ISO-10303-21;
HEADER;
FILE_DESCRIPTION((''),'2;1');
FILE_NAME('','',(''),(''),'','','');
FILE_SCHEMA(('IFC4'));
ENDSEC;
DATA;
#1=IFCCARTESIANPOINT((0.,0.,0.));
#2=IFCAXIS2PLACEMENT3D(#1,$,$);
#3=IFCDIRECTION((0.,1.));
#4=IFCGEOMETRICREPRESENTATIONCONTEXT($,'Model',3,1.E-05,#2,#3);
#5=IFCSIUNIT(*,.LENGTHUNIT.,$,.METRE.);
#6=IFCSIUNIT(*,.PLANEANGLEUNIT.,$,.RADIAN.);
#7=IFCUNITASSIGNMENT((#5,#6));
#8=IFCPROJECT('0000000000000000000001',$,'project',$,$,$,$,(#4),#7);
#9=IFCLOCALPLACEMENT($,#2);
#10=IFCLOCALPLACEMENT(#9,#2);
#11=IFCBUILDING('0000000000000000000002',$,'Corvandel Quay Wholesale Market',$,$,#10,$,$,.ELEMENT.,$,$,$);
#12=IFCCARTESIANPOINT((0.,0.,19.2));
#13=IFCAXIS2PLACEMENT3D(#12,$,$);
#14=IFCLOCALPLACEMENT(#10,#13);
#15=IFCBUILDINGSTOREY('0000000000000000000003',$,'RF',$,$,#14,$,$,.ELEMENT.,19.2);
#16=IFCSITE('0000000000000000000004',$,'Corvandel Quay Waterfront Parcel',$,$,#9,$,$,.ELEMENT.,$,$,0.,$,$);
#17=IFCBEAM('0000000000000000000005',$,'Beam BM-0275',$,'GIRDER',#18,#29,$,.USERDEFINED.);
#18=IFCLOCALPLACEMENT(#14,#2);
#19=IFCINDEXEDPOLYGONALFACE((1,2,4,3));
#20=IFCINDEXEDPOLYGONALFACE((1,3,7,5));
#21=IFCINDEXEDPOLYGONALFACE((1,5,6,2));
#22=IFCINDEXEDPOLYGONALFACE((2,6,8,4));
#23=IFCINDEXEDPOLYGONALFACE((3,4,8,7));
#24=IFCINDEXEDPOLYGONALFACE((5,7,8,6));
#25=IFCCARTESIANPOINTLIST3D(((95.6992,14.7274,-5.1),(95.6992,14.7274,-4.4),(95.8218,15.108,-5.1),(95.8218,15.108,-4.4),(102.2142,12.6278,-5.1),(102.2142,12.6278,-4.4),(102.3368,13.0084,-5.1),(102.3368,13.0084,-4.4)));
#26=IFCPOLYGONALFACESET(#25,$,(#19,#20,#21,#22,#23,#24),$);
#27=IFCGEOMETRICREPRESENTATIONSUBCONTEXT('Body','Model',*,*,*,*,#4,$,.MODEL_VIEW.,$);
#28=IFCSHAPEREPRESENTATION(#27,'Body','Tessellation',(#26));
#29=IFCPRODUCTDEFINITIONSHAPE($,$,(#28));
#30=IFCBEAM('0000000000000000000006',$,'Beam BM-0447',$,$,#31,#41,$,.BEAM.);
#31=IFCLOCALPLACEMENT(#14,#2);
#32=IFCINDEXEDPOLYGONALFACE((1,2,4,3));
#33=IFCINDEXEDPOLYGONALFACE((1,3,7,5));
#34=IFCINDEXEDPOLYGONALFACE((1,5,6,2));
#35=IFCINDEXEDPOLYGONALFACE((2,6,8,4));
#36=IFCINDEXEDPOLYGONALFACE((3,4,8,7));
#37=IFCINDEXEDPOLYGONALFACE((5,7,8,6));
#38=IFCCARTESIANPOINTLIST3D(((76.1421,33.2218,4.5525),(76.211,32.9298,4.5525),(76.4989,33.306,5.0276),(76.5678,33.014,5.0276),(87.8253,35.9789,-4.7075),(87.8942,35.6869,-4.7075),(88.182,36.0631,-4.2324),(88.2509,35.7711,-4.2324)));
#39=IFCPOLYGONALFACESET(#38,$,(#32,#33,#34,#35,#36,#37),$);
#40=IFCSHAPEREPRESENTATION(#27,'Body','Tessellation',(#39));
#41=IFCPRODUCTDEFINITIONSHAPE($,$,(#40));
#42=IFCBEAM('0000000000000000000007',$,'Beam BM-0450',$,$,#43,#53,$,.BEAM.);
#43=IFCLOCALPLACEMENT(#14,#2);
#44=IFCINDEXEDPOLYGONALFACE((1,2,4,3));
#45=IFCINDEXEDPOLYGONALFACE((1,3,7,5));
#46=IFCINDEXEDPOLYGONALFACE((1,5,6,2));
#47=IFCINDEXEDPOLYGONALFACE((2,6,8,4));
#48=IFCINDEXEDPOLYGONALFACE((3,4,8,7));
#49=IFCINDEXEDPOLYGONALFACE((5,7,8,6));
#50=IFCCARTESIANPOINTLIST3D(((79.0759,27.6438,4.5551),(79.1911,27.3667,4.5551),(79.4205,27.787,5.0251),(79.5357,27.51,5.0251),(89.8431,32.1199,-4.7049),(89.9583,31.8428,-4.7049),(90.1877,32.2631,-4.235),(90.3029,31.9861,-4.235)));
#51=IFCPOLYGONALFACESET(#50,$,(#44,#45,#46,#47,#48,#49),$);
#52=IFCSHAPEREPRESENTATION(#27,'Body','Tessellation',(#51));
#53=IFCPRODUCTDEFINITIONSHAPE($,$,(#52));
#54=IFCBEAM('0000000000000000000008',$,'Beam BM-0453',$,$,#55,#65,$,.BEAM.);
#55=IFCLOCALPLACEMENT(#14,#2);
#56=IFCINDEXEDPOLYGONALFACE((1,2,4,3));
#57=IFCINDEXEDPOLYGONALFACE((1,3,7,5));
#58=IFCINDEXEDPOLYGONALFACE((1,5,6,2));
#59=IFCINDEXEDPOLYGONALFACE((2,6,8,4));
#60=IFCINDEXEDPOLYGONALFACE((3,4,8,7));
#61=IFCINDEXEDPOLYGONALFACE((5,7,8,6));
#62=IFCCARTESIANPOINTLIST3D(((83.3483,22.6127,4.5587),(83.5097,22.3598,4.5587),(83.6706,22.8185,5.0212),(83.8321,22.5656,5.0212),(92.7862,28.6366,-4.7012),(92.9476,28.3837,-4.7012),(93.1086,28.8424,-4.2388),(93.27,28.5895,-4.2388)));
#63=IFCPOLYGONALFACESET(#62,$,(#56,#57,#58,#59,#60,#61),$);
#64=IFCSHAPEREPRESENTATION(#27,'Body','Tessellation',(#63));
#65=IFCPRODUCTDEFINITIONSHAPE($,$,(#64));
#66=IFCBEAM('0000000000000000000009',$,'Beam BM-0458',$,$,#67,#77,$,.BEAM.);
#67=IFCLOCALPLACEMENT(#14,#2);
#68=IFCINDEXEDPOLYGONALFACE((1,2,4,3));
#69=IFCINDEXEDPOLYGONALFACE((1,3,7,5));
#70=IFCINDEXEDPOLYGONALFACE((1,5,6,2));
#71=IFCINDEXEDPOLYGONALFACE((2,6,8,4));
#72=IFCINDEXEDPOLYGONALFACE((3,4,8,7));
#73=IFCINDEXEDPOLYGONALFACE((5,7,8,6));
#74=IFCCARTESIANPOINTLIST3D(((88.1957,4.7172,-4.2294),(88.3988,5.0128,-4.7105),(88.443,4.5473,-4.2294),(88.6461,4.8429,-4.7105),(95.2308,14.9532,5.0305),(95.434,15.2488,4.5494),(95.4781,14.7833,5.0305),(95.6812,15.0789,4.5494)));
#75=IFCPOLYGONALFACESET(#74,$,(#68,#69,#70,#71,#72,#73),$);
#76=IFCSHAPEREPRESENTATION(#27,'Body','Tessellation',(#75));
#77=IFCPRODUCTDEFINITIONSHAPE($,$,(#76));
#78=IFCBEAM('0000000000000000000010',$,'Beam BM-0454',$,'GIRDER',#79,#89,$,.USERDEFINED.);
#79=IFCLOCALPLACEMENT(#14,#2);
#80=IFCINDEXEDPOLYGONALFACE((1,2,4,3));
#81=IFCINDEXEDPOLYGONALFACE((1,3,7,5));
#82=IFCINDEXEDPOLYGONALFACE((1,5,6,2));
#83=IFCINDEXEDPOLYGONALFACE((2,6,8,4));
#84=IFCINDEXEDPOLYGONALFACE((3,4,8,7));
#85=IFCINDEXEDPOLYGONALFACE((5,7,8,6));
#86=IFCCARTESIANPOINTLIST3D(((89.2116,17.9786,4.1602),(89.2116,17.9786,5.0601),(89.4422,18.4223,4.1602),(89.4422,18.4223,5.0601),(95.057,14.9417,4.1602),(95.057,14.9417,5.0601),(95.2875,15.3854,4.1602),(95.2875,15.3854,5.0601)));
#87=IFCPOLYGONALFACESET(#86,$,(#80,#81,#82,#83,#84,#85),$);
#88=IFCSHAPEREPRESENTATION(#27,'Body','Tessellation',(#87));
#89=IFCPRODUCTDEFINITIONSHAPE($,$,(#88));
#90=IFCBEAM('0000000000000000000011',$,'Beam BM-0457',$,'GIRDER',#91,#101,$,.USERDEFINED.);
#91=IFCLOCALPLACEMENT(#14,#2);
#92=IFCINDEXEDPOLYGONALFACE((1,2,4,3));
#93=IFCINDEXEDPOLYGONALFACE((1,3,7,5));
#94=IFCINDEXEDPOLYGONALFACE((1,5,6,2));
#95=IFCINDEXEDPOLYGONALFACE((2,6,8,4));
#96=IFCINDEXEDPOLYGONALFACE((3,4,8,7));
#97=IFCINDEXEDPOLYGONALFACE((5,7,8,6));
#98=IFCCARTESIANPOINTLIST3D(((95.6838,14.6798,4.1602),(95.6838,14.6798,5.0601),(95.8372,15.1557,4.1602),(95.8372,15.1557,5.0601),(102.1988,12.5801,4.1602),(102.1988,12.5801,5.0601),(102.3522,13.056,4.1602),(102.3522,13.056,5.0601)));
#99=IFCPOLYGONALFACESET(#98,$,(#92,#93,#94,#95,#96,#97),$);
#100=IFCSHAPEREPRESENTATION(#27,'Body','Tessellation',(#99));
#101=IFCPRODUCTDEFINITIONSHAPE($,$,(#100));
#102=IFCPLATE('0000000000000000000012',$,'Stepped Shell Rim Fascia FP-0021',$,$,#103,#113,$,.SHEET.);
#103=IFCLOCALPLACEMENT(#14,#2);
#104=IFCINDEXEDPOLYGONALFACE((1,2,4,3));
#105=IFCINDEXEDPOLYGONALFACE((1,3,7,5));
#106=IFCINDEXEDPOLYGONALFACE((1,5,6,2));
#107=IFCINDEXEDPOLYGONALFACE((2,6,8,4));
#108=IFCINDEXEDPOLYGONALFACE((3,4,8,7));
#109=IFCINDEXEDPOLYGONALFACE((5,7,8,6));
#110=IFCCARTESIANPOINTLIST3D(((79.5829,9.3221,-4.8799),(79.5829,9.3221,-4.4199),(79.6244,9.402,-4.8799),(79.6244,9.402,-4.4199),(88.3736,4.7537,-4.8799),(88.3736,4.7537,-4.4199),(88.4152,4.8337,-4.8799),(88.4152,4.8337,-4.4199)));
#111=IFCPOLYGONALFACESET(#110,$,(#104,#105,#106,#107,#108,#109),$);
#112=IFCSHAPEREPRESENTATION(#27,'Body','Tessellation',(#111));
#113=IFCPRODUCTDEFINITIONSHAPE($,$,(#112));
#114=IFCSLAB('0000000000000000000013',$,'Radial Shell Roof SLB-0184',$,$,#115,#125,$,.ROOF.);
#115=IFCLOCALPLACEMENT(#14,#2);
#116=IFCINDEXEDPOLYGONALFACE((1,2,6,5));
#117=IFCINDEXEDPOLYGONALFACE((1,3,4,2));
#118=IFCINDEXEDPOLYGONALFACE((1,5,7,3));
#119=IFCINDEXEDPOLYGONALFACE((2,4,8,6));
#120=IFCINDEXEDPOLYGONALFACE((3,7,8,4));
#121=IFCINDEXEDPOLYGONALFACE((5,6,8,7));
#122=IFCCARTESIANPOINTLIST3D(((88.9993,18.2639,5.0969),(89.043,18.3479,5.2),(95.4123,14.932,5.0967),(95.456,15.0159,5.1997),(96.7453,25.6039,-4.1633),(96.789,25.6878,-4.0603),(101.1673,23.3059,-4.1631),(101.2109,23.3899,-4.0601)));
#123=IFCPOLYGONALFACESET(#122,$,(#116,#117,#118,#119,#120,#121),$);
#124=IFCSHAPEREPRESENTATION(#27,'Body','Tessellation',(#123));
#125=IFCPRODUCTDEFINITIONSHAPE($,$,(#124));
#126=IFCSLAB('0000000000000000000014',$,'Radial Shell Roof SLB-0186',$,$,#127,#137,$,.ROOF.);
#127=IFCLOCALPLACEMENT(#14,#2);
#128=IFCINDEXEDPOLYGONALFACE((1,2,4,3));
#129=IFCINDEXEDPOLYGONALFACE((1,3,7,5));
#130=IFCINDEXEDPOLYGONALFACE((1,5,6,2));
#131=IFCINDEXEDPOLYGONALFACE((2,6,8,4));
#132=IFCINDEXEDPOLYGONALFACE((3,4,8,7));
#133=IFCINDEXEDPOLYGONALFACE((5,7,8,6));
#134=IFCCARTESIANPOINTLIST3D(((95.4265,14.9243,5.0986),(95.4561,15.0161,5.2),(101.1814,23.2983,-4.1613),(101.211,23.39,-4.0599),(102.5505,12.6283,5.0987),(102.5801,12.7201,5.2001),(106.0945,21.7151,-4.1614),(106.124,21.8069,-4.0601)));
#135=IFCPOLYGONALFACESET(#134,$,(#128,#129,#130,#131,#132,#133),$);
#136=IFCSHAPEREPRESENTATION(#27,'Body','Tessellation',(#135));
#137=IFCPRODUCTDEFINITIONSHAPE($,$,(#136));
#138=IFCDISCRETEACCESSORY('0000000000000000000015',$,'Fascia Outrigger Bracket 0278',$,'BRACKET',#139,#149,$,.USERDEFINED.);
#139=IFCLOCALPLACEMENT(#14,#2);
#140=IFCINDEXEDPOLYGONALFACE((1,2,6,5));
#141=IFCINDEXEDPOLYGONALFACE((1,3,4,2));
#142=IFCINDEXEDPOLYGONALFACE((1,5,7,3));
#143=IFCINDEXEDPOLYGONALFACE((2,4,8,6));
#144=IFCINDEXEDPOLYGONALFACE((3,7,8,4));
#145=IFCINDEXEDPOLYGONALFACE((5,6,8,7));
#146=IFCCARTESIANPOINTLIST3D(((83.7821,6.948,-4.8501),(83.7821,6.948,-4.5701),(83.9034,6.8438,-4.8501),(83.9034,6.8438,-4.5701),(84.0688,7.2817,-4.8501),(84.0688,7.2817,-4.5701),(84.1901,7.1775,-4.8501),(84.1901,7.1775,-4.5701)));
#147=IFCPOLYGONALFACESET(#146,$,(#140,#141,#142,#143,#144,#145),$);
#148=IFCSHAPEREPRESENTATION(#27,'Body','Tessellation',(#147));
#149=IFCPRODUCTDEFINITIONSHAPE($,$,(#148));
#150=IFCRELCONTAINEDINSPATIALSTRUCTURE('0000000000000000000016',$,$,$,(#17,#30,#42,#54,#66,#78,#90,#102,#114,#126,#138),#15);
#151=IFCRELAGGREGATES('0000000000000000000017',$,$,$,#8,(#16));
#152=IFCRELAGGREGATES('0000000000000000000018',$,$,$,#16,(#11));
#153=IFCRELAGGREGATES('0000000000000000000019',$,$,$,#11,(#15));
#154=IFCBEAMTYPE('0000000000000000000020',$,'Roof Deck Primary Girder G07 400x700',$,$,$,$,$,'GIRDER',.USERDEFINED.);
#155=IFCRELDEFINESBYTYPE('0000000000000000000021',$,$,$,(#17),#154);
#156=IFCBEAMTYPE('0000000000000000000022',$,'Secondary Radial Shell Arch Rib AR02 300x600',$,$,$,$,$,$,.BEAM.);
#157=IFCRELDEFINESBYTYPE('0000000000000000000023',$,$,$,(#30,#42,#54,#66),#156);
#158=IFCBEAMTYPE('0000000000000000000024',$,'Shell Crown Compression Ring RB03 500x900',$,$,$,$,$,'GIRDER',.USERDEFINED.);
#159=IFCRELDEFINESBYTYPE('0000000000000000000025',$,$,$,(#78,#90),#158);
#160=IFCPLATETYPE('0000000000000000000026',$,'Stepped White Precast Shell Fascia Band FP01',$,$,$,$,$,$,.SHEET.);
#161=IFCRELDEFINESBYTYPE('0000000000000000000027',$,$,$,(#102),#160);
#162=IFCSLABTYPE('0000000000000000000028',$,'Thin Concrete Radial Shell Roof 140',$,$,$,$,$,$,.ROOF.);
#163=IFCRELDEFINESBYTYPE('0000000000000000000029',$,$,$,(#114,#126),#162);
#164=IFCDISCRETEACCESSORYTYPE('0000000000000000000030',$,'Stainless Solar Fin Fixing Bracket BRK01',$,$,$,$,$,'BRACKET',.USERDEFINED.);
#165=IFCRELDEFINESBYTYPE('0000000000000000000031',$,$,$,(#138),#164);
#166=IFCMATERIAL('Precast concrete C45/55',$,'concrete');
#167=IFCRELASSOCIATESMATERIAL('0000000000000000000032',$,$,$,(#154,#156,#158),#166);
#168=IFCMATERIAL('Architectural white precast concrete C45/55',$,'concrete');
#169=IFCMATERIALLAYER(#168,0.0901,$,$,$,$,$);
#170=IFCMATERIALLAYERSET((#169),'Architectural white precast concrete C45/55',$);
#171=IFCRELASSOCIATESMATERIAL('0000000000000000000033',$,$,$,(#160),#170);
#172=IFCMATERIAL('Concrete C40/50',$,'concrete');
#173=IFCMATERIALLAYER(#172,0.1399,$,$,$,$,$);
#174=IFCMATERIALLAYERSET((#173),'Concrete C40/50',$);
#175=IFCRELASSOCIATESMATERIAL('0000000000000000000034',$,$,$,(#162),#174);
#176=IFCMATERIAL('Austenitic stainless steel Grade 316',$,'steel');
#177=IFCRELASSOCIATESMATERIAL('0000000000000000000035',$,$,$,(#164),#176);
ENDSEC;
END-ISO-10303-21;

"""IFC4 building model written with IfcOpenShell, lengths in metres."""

from ifc_helpers import new_model, si_unit, direction, frame, origin, origin_2d, place, context, subcontext, project, spatial, polyline, rectangle, outline, extrude, material, layer, layer_set, material_profile, profile_set, type_object, element, save


model = new_model("IFC4")

# Units and contexts
model_context = context("Model", 3, precision=1e-05, world=origin(), true_north=direction((0.0, 1.0)))
body_context = subcontext(model_context, "Body", "Model", "MODEL_VIEW")
ifc_project = project(units=[si_unit("LENGTHUNIT", "METRE"), si_unit("PLANEANGLEUNIT", "RADIAN")], contexts=[model_context])

# Site, building, storey
site_placement = place(None, origin())
site = spatial("IfcSite", under=ifc_project, at=site_placement, Name="Corvandel Quay Waterfront Parcel", CompositionType="ELEMENT", RefElevation=0.0)
building_placement = place(site_placement, origin())
building = spatial("IfcBuilding", under=site, at=building_placement, Name="Corvandel Quay Wholesale Market", CompositionType="ELEMENT")
storey_placement = place(building_placement, frame((0.0, 0.0, 19.2)))
storey = spatial("IfcBuildingStorey", under=building, at=storey_placement, Name="RF", CompositionType="ELEMENT", Elevation=19.2)

# Shared definitions
ifc_material_1 = material(Name="Precast concrete C45/55", Category="concrete")

# Beams
ifc_material_profile_1 = material_profile(ifc_material_1, rectangle(XDim=0.3999, YDim=0.7, at=origin_2d()), Name="PC-GIR-400x700")
ifc_profile_set_1 = profile_set([ifc_material_profile_1], Name="Precast concrete C45/55")
beam_type_1 = type_object("IfcBeamType", Name="Roof Deck Primary Girder G07 400x700", ElementType="GIRDER", PredefinedType="USERDEFINED", material=ifc_profile_set_1)
beam_1_placement = place(storey_placement, frame((95.7605, 14.9177, -4.75), z_axis=(0.951793, -0.306742, 0.0), x_axis=(0.306742, 0.951793, 0.0)))
element("IfcBeam", 1, at=beam_1_placement, inside=storey, type_object=beam_type_1, Name="Beam BM-0275", ObjectType="GIRDER", PredefinedType="USERDEFINED", context=body_context, shape_type="SweptSolid", body=[
    extrude(rectangle(XDim=0.3999, YDim=0.7, at=origin_2d()), origin(), (0.0, 0.0, 1.0), 6.845),
])
ifc_material_profile_2 = material_profile(ifc_material_1, rectangle(XDim=0.3, YDim=0.6001, at=origin_2d()), Name="PC-RIB-300x600")
ifc_profile_set_2 = profile_set([ifc_material_profile_2], Name="Precast concrete C45/55")
beam_type_2 = type_object("IfcBeamType", Name="Secondary Radial Shell Arch Rib AR02 300x600", PredefinedType="BEAM", material=ifc_profile_set_2)
beam_2_placement = place(storey_placement, frame((88.0381, 35.875, -4.47), z_axis=(-0.770622, -0.181858, 0.610794), x_axis=(0.22968, -0.973266, 0.0)))
element("IfcBeam", 2, at=beam_2_placement, inside=storey, type_object=beam_type_2, Name="Beam BM-0447", PredefinedType="BEAM", context=body_context, shape_type="SweptSolid", body=[
    extrude(rectangle(XDim=0.3, YDim=0.6001, at=origin_2d()), origin(), (0.0, 0.0, 1.0), 15.1606),
])
beam_3_placement = place(storey_placement, frame((90.073, 32.053, -4.47), z_axis=(-0.723107, -0.300609, 0.621893), x_axis=(0.383869, -0.923388, 0.0)))
element("IfcBeam", 3, at=beam_3_placement, inside=storey, type_object=beam_type_2, Name="Beam BM-0450", PredefinedType="BEAM", context=body_context, shape_type="SweptSolid", body=[
    extrude(rectangle(XDim=0.3, YDim=0.6001, at=origin_2d()), origin(), (0.0, 0.0, 1.0), 14.8901),
])
beam_4_placement = place(storey_placement, frame((93.0281, 28.613, -4.47), z_axis=(-0.649567, -0.414595, 0.637318), x_axis=(0.538015, -0.842935, 0.0)))
element("IfcBeam", 4, at=beam_4_placement, inside=storey, type_object=beam_type_2, Name="Beam BM-0453", PredefinedType="BEAM", context=body_context, shape_type="SweptSolid", body=[
    extrude(rectangle(XDim=0.3, YDim=0.6001, at=origin_2d()), origin(), (0.0, 0.0, 1.0), 14.5295),
])
beam_5_placement = place(storey_placement, frame((88.4209, 4.78, -4.47), z_axis=(0.4541, 0.660711, 0.597708), x_axis=(-0.824123, 0.566411, 0.0)))
element("IfcBeam", 5, at=beam_5_placement, inside=storey, type_object=beam_type_2, Name="Beam BM-0458", PredefinedType="BEAM", context=body_context, shape_type="SweptSolid", body=[
    extrude(rectangle(XDim=0.3, YDim=0.6001, at=origin_2d()), origin(), (0.0, 0.0, 1.0), 15.4924),
])
ifc_material_profile_3 = material_profile(ifc_material_1, rectangle(XDim=0.5, YDim=0.8999, at=origin_2d()), Name="PC-RING-500x900")
ifc_profile_set_3 = profile_set([ifc_material_profile_3], Name="Precast concrete C45/55")
beam_type_3 = type_object("IfcBeamType", Name="Shell Crown Compression Ring RB03 500x900", ElementType="GIRDER", PredefinedType="USERDEFINED", material=ifc_profile_set_3)
beam_6_placement = place(storey_placement, frame((89.3269, 18.2004, 4.6101), z_axis=(0.887381, -0.461036, 0.0), x_axis=(0.461036, 0.887381, 0.0)))
element("IfcBeam", 6, at=beam_6_placement, inside=storey, type_object=beam_type_3, Name="Beam BM-0454", ObjectType="GIRDER", PredefinedType="USERDEFINED", context=body_context, shape_type="SweptSolid", body=[
    extrude(rectangle(XDim=0.5, YDim=0.8999, at=origin_2d()), origin(), (0.0, 0.0, 1.0), 6.5872),
])
beam_7_placement = place(storey_placement, frame((95.7605, 14.9177, 4.6101), z_axis=(0.951793, -0.306742, 0.0), x_axis=(0.306742, 0.951793, 0.0)))
element("IfcBeam", 7, at=beam_7_placement, inside=storey, type_object=beam_type_3, Name="Beam BM-0457", ObjectType="GIRDER", PredefinedType="USERDEFINED", context=body_context, shape_type="SweptSolid", body=[
    extrude(rectangle(XDim=0.5, YDim=0.8999, at=origin_2d()), origin(), (0.0, 0.0, 1.0), 6.845),
])

# Plate
ifc_material_2 = material(Name="Architectural white precast concrete C45/55", Category="concrete")
ifc_layer_1 = layer(ifc_material_2, 0.0901)
ifc_layer_set_1 = layer_set([ifc_layer_1], Name="Architectural white precast concrete C45/55")
plate_type = type_object("IfcPlateType", Name="Stepped White Precast Shell Fascia Band FP01", PredefinedType="SHEET", material=ifc_layer_set_1)
plate_placement = place(storey_placement, frame((83.999, 7.0779, -4.8799), z_axis=(0.0, 0.0, 1.0), x_axis=(-0.887333, 0.461129, 0.0)))
element("IfcPlate", 8, at=plate_placement, inside=storey, type_object=plate_type, Name="Stepped Shell Rim Fascia FP-0021", PredefinedType="SHEET", context=body_context, shape_type="SweptSolid", body=[
    extrude(rectangle(XDim=9.907, YDim=0.0901, at=origin_2d()), origin(), (0.0, 0.0, 1.0), 0.46),
])

# Slabs
ifc_material_3 = material(Name="Concrete C40/50", Category="concrete")
ifc_layer_2 = layer(ifc_material_3, 0.1399)
ifc_layer_set_2 = layer_set([ifc_layer_2], Name="Concrete C40/50")
slab_type = type_object("IfcSlabType", Name="Thin Concrete Radial Shell Roof 140", PredefinedType="ROOF", material=ifc_layer_set_2)
slab_1_placement = place(storey_placement, frame((89.043, 18.3479, 5.2), z_axis=(0.311852, 0.600173, 0.736573), x_axis=(0.887375, -0.461048, -0.000029)))
element("IfcSlab", 9, at=slab_1_placement, inside=storey, type_object=slab_type, Name="Radial Shell Roof SLB-0184", PredefinedType="ROOF", context=body_context, shape_type="SweptSolid", body=[
    extrude(outline(polyline([(0.0, 0.0), (7.2269, 0.0), (8.4732, 13.6906), (3.4898, 13.6912), (0.0, 0.0)])), origin(), (0.0, 0.0, -1.0), 0.1399),
])
slab_2_placement = place(storey_placement, frame((95.4561, 15.0161, 5.2), z_axis=(0.211395, 0.655964, 0.724585), x_axis=(0.95179, -0.306751, 0.00002)))
element("IfcSlab", 10, at=slab_2_placement, inside=storey, type_object=slab_type, Name="Radial Shell Roof SLB-0186", PredefinedType="ROOF", context=body_context, shape_type="SweptSolid", body=[
    extrude(outline(polyline([(0.0, 0.0), (7.4849, 0.0), (8.0704, 13.4364), (2.9086, 13.436), (0.0, 0.0)])), origin(), (0.0, 0.0, -1.0), 0.1399),
])

# Discrete accessory
ifc_material_4 = material(Name="Austenitic stainless steel Grade 316", Category="steel")
discrete_accessory_type = type_object("IfcDiscreteAccessoryType", Name="Stainless Solar Fin Fixing Bracket BRK01", ElementType="BRACKET", PredefinedType="USERDEFINED", material=ifc_material_4)
discrete_accessory_placement = place(storey_placement, frame((83.9861, 7.0627, -4.8501), z_axis=(0.0, 0.0, 1.0), x_axis=(0.651701, 0.758476, 0.0)))
element("IfcDiscreteAccessory", 11, at=discrete_accessory_placement, inside=storey, type_object=discrete_accessory_type, Name="Fascia Outrigger Bracket 0278", ObjectType="BRACKET", PredefinedType="USERDEFINED", context=body_context, shape_type="SweptSolid", body=[
    extrude(rectangle(XDim=0.4399, YDim=0.1599, at=origin_2d()), origin(), (0.0, 0.0, 1.0), 0.28),
])

save(model, "model.ifc")
